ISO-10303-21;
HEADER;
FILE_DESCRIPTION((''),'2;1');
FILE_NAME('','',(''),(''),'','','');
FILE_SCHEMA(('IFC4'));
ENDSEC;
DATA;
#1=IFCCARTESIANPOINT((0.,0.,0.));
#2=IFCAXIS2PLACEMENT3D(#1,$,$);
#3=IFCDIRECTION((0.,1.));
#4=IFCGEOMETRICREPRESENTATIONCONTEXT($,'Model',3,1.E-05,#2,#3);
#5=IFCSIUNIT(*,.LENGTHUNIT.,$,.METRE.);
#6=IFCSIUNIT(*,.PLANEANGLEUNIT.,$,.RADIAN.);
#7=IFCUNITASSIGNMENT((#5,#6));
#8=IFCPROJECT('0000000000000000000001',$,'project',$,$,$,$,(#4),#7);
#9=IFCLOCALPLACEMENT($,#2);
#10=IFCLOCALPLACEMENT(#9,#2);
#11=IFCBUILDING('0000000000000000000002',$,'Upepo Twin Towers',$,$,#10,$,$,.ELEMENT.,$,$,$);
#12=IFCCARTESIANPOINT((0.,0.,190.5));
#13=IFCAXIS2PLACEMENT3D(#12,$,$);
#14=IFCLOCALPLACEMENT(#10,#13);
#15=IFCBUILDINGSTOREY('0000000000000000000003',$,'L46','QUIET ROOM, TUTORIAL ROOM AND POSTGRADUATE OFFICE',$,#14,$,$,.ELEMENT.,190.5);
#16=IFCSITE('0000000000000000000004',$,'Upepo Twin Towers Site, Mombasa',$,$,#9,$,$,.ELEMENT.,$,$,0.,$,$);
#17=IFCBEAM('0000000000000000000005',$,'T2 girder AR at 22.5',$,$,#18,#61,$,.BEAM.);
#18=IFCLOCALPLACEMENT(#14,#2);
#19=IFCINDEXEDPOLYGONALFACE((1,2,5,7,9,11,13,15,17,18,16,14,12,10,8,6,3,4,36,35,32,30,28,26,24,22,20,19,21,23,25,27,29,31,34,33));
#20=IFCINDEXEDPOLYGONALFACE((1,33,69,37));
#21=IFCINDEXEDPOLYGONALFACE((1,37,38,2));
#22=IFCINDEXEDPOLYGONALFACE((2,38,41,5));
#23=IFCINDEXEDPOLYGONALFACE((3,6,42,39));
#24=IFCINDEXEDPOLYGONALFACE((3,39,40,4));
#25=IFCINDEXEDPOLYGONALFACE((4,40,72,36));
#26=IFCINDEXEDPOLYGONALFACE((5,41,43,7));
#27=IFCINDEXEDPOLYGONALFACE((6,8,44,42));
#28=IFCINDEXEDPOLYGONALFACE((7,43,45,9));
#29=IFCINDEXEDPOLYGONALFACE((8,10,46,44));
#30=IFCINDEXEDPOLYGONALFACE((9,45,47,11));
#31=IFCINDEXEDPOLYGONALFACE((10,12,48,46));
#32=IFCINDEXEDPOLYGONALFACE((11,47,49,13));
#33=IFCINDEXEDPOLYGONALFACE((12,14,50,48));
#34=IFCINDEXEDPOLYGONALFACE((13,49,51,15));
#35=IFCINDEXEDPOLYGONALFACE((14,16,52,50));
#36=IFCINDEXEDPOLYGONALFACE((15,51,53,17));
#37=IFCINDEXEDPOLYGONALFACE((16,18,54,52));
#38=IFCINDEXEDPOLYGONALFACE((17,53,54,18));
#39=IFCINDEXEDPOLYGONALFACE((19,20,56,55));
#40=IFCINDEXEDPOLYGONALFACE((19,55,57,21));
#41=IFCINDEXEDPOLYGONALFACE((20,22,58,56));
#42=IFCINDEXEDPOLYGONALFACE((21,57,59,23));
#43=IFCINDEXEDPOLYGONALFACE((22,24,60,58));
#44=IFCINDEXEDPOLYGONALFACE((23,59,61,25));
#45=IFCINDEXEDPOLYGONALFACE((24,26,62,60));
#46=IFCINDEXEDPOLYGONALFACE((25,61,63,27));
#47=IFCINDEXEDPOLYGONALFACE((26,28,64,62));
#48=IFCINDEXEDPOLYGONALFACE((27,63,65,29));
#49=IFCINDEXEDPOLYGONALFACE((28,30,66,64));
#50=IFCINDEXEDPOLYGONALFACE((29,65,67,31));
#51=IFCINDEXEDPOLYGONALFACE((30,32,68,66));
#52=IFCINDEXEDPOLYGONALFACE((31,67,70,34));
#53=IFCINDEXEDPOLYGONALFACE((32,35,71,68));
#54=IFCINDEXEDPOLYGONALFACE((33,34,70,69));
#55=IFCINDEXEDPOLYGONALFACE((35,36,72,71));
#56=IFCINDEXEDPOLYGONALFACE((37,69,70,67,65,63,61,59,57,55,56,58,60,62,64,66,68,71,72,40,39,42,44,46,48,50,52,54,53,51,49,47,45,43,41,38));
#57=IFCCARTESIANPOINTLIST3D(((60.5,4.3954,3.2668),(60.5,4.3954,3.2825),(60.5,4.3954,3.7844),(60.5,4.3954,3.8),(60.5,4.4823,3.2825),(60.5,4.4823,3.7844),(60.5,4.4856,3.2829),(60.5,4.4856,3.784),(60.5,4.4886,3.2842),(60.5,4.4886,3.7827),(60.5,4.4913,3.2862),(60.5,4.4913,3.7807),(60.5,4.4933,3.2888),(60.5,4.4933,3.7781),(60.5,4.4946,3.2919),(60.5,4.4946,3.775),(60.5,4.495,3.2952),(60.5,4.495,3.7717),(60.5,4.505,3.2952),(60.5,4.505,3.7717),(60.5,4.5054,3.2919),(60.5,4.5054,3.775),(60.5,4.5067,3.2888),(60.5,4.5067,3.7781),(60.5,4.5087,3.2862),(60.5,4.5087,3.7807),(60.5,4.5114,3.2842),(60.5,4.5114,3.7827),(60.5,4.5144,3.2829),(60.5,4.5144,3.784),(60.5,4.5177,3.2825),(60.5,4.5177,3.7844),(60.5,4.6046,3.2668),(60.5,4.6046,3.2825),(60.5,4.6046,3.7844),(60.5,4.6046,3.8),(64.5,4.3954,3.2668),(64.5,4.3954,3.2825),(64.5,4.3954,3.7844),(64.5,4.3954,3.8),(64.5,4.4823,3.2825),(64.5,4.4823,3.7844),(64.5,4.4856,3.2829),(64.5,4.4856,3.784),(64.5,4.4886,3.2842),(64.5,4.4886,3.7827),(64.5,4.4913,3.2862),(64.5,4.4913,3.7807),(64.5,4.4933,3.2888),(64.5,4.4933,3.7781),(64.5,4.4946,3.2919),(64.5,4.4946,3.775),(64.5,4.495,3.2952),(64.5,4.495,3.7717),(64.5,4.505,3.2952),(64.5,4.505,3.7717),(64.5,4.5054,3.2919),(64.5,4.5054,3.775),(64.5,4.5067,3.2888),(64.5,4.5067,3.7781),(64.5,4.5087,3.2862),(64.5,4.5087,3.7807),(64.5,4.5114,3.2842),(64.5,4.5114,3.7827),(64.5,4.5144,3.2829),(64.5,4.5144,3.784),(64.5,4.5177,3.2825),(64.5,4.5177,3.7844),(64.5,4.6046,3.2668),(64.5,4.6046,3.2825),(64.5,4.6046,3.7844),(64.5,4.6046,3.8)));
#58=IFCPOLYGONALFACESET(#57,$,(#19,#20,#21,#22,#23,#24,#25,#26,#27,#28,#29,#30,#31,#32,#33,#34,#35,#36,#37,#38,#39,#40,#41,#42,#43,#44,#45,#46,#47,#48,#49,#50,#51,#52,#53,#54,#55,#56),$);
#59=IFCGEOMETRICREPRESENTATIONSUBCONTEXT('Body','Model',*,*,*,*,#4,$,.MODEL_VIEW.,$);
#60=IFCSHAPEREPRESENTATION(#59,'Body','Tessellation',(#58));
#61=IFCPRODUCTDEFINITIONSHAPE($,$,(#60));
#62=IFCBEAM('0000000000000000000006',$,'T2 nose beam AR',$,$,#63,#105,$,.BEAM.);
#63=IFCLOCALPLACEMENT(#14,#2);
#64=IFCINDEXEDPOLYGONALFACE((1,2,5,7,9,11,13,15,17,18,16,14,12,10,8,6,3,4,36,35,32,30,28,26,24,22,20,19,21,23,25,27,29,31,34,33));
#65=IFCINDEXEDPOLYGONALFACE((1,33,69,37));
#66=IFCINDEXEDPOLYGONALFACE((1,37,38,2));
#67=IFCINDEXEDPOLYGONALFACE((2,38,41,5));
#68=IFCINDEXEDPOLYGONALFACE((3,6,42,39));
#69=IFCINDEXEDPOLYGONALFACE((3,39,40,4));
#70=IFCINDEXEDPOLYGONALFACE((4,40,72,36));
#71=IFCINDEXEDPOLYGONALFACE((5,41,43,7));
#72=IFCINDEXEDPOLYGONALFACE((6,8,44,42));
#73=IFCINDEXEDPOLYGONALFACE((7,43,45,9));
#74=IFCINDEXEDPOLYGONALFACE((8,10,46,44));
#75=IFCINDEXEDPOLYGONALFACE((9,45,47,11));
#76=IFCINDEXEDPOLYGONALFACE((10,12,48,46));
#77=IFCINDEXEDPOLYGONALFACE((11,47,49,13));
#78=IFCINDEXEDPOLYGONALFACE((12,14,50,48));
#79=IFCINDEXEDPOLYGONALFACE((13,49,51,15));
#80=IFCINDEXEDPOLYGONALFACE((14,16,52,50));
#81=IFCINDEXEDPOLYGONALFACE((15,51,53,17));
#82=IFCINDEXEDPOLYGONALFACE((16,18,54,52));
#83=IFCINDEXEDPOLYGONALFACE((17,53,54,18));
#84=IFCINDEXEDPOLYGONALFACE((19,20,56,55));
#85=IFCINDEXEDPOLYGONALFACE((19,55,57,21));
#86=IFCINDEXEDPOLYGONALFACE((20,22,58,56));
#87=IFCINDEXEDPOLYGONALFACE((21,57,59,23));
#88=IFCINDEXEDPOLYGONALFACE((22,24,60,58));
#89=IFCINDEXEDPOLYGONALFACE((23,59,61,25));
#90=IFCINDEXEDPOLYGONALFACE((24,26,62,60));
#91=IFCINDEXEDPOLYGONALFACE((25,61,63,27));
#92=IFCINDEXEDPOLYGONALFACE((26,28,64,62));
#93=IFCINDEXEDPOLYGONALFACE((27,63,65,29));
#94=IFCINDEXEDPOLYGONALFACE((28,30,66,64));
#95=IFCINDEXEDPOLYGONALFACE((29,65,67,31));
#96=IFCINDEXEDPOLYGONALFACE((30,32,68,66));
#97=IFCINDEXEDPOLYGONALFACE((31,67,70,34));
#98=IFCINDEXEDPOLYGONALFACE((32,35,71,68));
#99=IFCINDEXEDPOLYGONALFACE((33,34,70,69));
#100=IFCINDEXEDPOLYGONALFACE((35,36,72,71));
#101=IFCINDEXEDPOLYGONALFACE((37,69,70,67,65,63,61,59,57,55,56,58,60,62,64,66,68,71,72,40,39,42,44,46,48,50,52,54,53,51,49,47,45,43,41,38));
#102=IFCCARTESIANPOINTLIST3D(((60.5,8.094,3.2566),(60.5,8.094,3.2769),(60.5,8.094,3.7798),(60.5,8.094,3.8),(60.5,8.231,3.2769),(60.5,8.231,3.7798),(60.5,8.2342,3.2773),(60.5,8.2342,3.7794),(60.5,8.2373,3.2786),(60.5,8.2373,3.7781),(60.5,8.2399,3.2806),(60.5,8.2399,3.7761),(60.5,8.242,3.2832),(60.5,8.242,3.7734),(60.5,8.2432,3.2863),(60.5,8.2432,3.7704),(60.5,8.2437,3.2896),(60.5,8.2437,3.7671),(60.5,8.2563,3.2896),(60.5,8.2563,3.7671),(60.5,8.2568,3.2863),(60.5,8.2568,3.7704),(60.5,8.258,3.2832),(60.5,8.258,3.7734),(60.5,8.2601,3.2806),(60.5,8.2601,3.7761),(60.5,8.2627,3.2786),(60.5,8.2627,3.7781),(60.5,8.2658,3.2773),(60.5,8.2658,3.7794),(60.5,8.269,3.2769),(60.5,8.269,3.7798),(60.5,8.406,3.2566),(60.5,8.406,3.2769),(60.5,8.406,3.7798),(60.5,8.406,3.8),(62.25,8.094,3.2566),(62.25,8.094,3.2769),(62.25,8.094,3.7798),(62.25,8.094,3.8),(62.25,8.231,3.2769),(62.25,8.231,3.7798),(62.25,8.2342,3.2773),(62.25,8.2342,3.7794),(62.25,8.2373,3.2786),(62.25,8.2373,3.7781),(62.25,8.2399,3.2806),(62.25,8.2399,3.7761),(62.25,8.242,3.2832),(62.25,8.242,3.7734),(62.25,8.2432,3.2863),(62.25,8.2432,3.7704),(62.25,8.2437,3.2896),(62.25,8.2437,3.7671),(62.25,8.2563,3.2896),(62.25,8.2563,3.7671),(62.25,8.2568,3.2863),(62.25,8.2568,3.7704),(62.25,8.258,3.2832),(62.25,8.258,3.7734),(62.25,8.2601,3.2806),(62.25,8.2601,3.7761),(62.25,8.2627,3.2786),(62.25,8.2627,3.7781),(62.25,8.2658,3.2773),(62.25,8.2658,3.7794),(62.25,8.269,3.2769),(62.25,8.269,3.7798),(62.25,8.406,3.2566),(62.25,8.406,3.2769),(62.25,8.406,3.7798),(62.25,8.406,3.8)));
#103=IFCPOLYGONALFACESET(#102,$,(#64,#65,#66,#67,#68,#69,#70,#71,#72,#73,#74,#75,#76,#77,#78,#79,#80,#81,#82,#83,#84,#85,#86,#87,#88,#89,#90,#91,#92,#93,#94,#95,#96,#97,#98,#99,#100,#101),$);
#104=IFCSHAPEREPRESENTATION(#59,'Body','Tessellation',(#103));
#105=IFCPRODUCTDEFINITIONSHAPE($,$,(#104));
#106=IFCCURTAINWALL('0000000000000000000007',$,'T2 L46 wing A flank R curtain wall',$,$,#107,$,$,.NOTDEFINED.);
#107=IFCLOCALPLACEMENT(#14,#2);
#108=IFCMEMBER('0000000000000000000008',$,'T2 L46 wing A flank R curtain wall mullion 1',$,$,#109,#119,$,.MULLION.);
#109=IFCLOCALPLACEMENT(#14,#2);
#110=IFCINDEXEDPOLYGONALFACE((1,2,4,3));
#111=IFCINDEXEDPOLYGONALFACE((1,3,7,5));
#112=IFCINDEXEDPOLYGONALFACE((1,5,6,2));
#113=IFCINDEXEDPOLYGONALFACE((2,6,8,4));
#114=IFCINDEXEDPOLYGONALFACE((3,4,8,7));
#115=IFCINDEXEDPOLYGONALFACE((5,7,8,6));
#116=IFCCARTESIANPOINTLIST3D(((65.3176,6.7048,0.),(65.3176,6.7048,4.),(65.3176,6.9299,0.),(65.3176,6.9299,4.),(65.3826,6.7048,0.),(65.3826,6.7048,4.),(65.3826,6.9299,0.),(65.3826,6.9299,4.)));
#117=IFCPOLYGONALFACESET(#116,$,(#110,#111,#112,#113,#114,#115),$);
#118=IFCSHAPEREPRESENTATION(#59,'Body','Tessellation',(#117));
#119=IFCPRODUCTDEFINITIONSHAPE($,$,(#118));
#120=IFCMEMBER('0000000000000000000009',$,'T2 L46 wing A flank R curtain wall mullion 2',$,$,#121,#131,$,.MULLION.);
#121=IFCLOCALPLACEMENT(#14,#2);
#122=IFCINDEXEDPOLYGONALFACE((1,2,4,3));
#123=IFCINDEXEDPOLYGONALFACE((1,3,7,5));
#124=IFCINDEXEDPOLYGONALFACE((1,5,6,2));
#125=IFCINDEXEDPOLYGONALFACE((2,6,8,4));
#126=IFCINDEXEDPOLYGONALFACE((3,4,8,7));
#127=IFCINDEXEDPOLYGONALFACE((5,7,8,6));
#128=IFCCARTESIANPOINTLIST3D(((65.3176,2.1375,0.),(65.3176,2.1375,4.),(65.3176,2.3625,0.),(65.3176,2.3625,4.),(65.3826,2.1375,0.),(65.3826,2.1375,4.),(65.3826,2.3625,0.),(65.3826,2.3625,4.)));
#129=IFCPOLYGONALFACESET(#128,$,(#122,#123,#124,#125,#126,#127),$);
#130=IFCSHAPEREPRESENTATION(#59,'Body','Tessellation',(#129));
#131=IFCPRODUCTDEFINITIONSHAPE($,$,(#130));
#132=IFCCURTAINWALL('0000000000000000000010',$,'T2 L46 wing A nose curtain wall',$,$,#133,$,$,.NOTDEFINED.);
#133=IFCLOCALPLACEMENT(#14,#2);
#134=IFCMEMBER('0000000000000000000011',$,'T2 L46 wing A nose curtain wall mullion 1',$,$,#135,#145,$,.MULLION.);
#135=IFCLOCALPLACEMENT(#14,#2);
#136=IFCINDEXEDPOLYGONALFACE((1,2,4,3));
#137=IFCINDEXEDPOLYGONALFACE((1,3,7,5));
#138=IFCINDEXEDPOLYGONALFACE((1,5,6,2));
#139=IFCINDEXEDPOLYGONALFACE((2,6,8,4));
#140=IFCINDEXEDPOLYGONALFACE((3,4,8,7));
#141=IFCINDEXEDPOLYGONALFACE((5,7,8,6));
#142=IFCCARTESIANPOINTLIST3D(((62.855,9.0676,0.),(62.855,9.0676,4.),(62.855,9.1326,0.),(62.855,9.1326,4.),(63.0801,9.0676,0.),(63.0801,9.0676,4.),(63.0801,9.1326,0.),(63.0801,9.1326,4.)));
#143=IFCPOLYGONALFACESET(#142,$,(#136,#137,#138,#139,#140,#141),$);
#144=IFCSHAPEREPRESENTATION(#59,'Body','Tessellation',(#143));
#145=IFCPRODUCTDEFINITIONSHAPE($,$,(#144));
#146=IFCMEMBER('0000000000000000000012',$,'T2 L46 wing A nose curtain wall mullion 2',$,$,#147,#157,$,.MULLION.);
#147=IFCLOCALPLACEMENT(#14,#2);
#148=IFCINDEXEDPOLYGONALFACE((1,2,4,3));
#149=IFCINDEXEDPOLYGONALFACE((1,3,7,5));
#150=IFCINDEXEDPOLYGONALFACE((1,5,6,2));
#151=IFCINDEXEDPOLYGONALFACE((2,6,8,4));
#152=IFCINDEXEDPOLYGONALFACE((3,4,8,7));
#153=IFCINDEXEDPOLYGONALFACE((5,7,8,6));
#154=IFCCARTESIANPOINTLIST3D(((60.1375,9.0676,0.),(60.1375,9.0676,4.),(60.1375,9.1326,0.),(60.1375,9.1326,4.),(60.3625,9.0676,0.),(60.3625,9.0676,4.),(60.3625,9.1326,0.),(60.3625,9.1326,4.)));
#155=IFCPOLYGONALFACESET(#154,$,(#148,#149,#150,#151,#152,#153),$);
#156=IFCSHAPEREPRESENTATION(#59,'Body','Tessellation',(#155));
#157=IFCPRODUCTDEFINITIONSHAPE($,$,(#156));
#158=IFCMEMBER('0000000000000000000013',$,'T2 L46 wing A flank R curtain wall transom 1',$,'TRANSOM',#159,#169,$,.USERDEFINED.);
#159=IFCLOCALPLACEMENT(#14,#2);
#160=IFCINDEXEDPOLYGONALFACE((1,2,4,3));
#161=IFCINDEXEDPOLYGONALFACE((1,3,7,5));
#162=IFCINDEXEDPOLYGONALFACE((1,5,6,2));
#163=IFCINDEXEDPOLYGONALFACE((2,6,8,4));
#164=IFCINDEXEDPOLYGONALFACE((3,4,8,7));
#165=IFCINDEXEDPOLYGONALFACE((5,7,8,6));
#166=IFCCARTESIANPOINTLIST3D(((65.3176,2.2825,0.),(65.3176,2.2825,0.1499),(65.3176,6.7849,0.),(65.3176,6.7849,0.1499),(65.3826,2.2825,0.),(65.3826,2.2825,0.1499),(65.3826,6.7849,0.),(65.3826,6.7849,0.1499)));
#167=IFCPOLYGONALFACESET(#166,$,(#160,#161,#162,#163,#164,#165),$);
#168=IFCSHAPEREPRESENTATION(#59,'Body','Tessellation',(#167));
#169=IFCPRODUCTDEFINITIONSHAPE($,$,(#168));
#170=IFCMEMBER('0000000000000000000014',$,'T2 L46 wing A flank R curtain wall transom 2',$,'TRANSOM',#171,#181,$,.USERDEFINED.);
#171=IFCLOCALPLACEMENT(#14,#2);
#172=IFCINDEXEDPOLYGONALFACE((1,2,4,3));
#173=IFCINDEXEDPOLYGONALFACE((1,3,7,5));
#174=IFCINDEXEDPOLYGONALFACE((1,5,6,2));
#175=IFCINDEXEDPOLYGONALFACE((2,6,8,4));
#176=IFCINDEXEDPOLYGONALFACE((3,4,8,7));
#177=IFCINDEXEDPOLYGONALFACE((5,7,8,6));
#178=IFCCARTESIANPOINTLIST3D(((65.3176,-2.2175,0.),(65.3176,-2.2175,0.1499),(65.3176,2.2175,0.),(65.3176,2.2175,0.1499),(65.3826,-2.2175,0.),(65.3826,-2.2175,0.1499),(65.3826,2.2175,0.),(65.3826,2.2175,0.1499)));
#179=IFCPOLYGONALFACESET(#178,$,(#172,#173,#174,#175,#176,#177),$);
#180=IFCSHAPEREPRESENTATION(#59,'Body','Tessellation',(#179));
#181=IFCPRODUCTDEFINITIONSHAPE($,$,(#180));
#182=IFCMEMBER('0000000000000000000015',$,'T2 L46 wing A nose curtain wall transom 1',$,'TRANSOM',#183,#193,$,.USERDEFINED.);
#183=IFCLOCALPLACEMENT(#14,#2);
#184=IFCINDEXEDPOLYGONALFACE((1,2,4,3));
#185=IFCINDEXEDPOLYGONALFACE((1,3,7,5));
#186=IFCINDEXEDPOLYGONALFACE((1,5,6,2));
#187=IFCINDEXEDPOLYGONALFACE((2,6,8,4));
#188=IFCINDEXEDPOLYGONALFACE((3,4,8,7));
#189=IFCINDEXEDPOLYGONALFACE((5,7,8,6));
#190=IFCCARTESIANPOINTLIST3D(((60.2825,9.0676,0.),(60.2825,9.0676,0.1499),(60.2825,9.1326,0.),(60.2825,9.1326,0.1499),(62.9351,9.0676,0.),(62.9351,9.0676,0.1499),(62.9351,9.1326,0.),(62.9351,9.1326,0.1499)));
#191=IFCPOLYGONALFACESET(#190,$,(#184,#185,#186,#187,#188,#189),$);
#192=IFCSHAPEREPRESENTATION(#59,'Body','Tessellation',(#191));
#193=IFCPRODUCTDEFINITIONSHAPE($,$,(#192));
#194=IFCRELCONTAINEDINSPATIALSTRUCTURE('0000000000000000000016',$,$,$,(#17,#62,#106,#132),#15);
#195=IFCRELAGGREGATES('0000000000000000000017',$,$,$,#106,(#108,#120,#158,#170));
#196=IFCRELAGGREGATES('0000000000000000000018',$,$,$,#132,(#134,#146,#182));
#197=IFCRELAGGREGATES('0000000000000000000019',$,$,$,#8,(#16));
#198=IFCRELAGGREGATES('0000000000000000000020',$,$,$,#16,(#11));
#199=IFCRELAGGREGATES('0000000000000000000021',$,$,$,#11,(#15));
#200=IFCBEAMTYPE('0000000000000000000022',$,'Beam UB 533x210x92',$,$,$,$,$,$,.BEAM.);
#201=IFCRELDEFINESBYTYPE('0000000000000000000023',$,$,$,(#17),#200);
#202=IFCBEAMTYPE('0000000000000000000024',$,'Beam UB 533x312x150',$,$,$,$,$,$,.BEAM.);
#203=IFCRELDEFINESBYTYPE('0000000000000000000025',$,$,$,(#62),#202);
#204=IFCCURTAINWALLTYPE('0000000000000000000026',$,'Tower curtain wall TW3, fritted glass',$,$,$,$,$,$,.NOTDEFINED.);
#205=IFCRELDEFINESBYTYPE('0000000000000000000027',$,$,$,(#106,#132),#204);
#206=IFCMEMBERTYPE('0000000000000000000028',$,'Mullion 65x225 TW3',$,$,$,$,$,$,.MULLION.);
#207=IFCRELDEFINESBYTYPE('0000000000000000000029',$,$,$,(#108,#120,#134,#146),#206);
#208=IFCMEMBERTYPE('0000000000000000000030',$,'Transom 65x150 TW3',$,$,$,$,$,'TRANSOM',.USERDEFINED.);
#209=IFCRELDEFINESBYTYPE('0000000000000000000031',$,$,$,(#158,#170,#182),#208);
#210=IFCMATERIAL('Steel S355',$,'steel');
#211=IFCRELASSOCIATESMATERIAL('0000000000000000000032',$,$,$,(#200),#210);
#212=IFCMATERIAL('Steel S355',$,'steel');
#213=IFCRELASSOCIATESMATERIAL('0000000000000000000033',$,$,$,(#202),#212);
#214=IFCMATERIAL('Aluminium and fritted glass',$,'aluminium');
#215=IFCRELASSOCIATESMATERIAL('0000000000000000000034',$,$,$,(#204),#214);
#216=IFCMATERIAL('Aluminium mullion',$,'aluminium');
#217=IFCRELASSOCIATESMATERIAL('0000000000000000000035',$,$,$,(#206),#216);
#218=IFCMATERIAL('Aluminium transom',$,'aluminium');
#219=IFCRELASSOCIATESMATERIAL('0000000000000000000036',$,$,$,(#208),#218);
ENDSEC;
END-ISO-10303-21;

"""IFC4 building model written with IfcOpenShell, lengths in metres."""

from ifc_helpers import new_model, si_unit, direction, frame, origin, origin_2d, place, context, subcontext, project, spatial, rectangle, i_section, extrude, material, material_profile, profile_set, type_object, element, aggregate, save


model = new_model("IFC4")

# Units and contexts
model_context = context("Model", 3, precision=1e-05, world=origin(), true_north=direction((0.0, 1.0)))
body_context = subcontext(model_context, "Body", "Model", "MODEL_VIEW")
ifc_project = project(units=[si_unit("LENGTHUNIT", "METRE"), si_unit("PLANEANGLEUNIT", "RADIAN")], contexts=[model_context])

# Site, building, storey
site_placement = place(None, origin())
site = spatial("IfcSite", under=ifc_project, at=site_placement, Name="Upepo Twin Towers Site, Mombasa", CompositionType="ELEMENT", RefElevation=0.0)
building_placement = place(site_placement, origin())
building = spatial("IfcBuilding", under=site, at=building_placement, Name="Upepo Twin Towers", CompositionType="ELEMENT")
storey_placement = place(building_placement, frame((0.0, 0.0, 190.5)))
storey = spatial("IfcBuildingStorey", under=building, at=storey_placement, Name="L46", Description="QUIET ROOM, TUTORIAL ROOM AND POSTGRADUATE OFFICE", CompositionType="ELEMENT", Elevation=190.5)

# Beams
ifc_material_1 = material(Name="Steel S355", Category="steel")
ifc_material_profile_1 = material_profile(ifc_material_1, i_section(OverallWidth=0.2092, OverallDepth=0.5332, WebThickness=0.01, FlangeThickness=0.0156, FilletRadius=0.0127, at=origin_2d()), Name="UB 533x210x92")
ifc_profile_set_1 = profile_set([ifc_material_profile_1], Name="Steel S355")
beam_type_1 = type_object("IfcBeamType", Name="Beam UB 533x210x92", PredefinedType="BEAM", material=ifc_profile_set_1)
for number, where, z_axis, x_axis, name in (
    (1, (64.5, 4.5, 3.5334), (-1.0, 0.0, 0.0), (0.0, -1.0, 0.0), "T2 girder AR at 22.5"),
):
    element("IfcBeam", number, at=place(storey_placement, frame(where, z_axis=z_axis, x_axis=x_axis)), inside=storey, type_object=beam_type_1, Name=name, PredefinedType="BEAM", context=body_context, shape_type="SweptSolid", body=[
        extrude(i_section(OverallWidth=0.2092, OverallDepth=0.5332, WebThickness=0.01, FlangeThickness=0.0156, FilletRadius=0.0127, at=origin_2d()), origin(), (0.0, 0.0, 1.0), 4.0),
    ])
ifc_material_2 = material(Name="Steel S355", Category="steel")
ifc_material_profile_2 = material_profile(ifc_material_2, i_section(OverallWidth=0.312, OverallDepth=0.5435, WebThickness=0.0127, FlangeThickness=0.0203, FilletRadius=0.0127, at=origin_2d()), Name="UB 533x312x150")
ifc_profile_set_2 = profile_set([ifc_material_profile_2], Name="Steel S355")
beam_type_2 = type_object("IfcBeamType", Name="Beam UB 533x312x150", PredefinedType="BEAM", material=ifc_profile_set_2)
beam_1_placement = place(storey_placement, frame((62.25, 8.25, 3.5283), z_axis=(-1.0, 0.0, 0.0), x_axis=(0.0, -1.0, 0.0)))
element("IfcBeam", 2, at=beam_1_placement, inside=storey, type_object=beam_type_2, Name="T2 nose beam AR", PredefinedType="BEAM", context=body_context, shape_type="SweptSolid", body=[
    extrude(i_section(OverallWidth=0.312, OverallDepth=0.5435, WebThickness=0.0127, FlangeThickness=0.0203, FilletRadius=0.0127, at=origin_2d()), origin(), (0.0, 0.0, 1.0), 1.75),
])

# Curtain walls, members
ifc_material_3 = material(Name="Aluminium and fritted glass", Category="aluminium")
curtain_wall_type = type_object("IfcCurtainWallType", Name="Tower curtain wall TW3, fritted glass", PredefinedType="NOTDEFINED", material=ifc_material_3)
curtain_wall_1_placement = place(storey_placement, origin())
curtain_wall_1 = element("IfcCurtainWall", 3, at=curtain_wall_1_placement, inside=storey, type_object=curtain_wall_type, Name="T2 L46 wing A flank R curtain wall", PredefinedType="NOTDEFINED")
ifc_material_4 = material(Name="Aluminium mullion", Category="aluminium")
ifc_material_profile_3 = material_profile(ifc_material_4, rectangle(XDim=0.0649, YDim=0.2251, at=origin_2d()), Name="MULLION 65x225")
ifc_profile_set_3 = profile_set([ifc_material_profile_3], Name="Aluminium mullion")
member_type_1 = type_object("IfcMemberType", Name="Mullion 65x225 TW3", PredefinedType="MULLION", material=ifc_profile_set_3)
member_1_placement = place(storey_placement, frame((65.3501, 6.8174, 0.0), z_axis=(0.0, 0.0, 1.0), x_axis=(1.0, 0.0, 0.0)))
member_1 = element("IfcMember", 4, at=member_1_placement, type_object=member_type_1, Name="T2 L46 wing A flank R curtain wall mullion 1", PredefinedType="MULLION", context=body_context, shape_type="SweptSolid", body=[
    extrude(rectangle(XDim=0.0649, YDim=0.2251, at=origin_2d()), origin(), (0.0, 0.0, 1.0), 4.0),
])
member_2_placement = place(storey_placement, frame((65.3501, 2.25, 0.0), z_axis=(0.0, 0.0, 1.0), x_axis=(1.0, 0.0, 0.0)))
member_2 = element("IfcMember", 5, at=member_2_placement, type_object=member_type_1, Name="T2 L46 wing A flank R curtain wall mullion 2", PredefinedType="MULLION", context=body_context, shape_type="SweptSolid", body=[
    extrude(rectangle(XDim=0.0649, YDim=0.2251, at=origin_2d()), origin(), (0.0, 0.0, 1.0), 4.0),
])
curtain_wall_2_placement = place(storey_placement, origin())
curtain_wall_2 = element("IfcCurtainWall", 6, at=curtain_wall_2_placement, inside=storey, type_object=curtain_wall_type, Name="T2 L46 wing A nose curtain wall", PredefinedType="NOTDEFINED")
member_3_placement = place(storey_placement, frame((62.9675, 9.1001, 0.0), z_axis=(0.0, 0.0, 1.0), x_axis=(0.0, -1.0, 0.0)))
member_3 = element("IfcMember", 7, at=member_3_placement, type_object=member_type_1, Name="T2 L46 wing A nose curtain wall mullion 1", PredefinedType="MULLION", context=body_context, shape_type="SweptSolid", body=[
    extrude(rectangle(XDim=0.0649, YDim=0.2251, at=origin_2d()), origin(), (0.0, 0.0, 1.0), 4.0),
])
member_4_placement = place(storey_placement, frame((60.25, 9.1001, 0.0), z_axis=(0.0, 0.0, 1.0), x_axis=(0.0, -1.0, 0.0)))
member_4 = element("IfcMember", 8, at=member_4_placement, type_object=member_type_1, Name="T2 L46 wing A nose curtain wall mullion 2", PredefinedType="MULLION", context=body_context, shape_type="SweptSolid", body=[
    extrude(rectangle(XDim=0.0649, YDim=0.2251, at=origin_2d()), origin(), (0.0, 0.0, 1.0), 4.0),
])

# Members
ifc_material_5 = material(Name="Aluminium transom", Category="aluminium")
ifc_material_profile_4 = material_profile(ifc_material_5, rectangle(XDim=0.0649, YDim=0.1499, at=origin_2d()), Name="TRANSOM 65x150")
ifc_profile_set_4 = profile_set([ifc_material_profile_4], Name="Aluminium transom")
member_type_2 = type_object("IfcMemberType", Name="Transom 65x150 TW3", ElementType="TRANSOM", PredefinedType="USERDEFINED", material=ifc_profile_set_4)
member_5_placement = place(storey_placement, frame((65.3501, 6.7849, 0.075), z_axis=(0.0, -1.0, 0.0), x_axis=(1.0, 0.0, 0.0)))
member_5 = element("IfcMember", 9, at=member_5_placement, type_object=member_type_2, Name="T2 L46 wing A flank R curtain wall transom 1", ObjectType="TRANSOM", PredefinedType="USERDEFINED", context=body_context, shape_type="SweptSolid", body=[
    extrude(rectangle(XDim=0.0649, YDim=0.1499, at=origin_2d()), origin(), (0.0, 0.0, 1.0), 4.5024),
])
member_6_placement = place(storey_placement, frame((65.3501, 2.2175, 0.075), z_axis=(0.0, -1.0, 0.0), x_axis=(1.0, 0.0, 0.0)))
member_6 = element("IfcMember", 10, at=member_6_placement, type_object=member_type_2, Name="T2 L46 wing A flank R curtain wall transom 2", ObjectType="TRANSOM", PredefinedType="USERDEFINED", context=body_context, shape_type="SweptSolid", body=[
    extrude(rectangle(XDim=0.0649, YDim=0.1499, at=origin_2d()), origin(), (0.0, 0.0, 1.0), 4.4351),
])
member_7_placement = place(storey_placement, frame((62.9351, 9.1001, 0.075), z_axis=(-1.0, 0.0, 0.0), x_axis=(0.0, -1.0, 0.0)))
member_7 = element("IfcMember", 11, at=member_7_placement, type_object=member_type_2, Name="T2 L46 wing A nose curtain wall transom 1", ObjectType="TRANSOM", PredefinedType="USERDEFINED", context=body_context, shape_type="SweptSolid", body=[
    extrude(rectangle(XDim=0.0649, YDim=0.1499, at=origin_2d()), origin(), (0.0, 0.0, 1.0), 2.6526),
])

aggregate(curtain_wall_1, [member_1, member_2, member_5, member_6])
aggregate(curtain_wall_2, [member_3, member_4, member_7])

save(model, "model.ifc")
